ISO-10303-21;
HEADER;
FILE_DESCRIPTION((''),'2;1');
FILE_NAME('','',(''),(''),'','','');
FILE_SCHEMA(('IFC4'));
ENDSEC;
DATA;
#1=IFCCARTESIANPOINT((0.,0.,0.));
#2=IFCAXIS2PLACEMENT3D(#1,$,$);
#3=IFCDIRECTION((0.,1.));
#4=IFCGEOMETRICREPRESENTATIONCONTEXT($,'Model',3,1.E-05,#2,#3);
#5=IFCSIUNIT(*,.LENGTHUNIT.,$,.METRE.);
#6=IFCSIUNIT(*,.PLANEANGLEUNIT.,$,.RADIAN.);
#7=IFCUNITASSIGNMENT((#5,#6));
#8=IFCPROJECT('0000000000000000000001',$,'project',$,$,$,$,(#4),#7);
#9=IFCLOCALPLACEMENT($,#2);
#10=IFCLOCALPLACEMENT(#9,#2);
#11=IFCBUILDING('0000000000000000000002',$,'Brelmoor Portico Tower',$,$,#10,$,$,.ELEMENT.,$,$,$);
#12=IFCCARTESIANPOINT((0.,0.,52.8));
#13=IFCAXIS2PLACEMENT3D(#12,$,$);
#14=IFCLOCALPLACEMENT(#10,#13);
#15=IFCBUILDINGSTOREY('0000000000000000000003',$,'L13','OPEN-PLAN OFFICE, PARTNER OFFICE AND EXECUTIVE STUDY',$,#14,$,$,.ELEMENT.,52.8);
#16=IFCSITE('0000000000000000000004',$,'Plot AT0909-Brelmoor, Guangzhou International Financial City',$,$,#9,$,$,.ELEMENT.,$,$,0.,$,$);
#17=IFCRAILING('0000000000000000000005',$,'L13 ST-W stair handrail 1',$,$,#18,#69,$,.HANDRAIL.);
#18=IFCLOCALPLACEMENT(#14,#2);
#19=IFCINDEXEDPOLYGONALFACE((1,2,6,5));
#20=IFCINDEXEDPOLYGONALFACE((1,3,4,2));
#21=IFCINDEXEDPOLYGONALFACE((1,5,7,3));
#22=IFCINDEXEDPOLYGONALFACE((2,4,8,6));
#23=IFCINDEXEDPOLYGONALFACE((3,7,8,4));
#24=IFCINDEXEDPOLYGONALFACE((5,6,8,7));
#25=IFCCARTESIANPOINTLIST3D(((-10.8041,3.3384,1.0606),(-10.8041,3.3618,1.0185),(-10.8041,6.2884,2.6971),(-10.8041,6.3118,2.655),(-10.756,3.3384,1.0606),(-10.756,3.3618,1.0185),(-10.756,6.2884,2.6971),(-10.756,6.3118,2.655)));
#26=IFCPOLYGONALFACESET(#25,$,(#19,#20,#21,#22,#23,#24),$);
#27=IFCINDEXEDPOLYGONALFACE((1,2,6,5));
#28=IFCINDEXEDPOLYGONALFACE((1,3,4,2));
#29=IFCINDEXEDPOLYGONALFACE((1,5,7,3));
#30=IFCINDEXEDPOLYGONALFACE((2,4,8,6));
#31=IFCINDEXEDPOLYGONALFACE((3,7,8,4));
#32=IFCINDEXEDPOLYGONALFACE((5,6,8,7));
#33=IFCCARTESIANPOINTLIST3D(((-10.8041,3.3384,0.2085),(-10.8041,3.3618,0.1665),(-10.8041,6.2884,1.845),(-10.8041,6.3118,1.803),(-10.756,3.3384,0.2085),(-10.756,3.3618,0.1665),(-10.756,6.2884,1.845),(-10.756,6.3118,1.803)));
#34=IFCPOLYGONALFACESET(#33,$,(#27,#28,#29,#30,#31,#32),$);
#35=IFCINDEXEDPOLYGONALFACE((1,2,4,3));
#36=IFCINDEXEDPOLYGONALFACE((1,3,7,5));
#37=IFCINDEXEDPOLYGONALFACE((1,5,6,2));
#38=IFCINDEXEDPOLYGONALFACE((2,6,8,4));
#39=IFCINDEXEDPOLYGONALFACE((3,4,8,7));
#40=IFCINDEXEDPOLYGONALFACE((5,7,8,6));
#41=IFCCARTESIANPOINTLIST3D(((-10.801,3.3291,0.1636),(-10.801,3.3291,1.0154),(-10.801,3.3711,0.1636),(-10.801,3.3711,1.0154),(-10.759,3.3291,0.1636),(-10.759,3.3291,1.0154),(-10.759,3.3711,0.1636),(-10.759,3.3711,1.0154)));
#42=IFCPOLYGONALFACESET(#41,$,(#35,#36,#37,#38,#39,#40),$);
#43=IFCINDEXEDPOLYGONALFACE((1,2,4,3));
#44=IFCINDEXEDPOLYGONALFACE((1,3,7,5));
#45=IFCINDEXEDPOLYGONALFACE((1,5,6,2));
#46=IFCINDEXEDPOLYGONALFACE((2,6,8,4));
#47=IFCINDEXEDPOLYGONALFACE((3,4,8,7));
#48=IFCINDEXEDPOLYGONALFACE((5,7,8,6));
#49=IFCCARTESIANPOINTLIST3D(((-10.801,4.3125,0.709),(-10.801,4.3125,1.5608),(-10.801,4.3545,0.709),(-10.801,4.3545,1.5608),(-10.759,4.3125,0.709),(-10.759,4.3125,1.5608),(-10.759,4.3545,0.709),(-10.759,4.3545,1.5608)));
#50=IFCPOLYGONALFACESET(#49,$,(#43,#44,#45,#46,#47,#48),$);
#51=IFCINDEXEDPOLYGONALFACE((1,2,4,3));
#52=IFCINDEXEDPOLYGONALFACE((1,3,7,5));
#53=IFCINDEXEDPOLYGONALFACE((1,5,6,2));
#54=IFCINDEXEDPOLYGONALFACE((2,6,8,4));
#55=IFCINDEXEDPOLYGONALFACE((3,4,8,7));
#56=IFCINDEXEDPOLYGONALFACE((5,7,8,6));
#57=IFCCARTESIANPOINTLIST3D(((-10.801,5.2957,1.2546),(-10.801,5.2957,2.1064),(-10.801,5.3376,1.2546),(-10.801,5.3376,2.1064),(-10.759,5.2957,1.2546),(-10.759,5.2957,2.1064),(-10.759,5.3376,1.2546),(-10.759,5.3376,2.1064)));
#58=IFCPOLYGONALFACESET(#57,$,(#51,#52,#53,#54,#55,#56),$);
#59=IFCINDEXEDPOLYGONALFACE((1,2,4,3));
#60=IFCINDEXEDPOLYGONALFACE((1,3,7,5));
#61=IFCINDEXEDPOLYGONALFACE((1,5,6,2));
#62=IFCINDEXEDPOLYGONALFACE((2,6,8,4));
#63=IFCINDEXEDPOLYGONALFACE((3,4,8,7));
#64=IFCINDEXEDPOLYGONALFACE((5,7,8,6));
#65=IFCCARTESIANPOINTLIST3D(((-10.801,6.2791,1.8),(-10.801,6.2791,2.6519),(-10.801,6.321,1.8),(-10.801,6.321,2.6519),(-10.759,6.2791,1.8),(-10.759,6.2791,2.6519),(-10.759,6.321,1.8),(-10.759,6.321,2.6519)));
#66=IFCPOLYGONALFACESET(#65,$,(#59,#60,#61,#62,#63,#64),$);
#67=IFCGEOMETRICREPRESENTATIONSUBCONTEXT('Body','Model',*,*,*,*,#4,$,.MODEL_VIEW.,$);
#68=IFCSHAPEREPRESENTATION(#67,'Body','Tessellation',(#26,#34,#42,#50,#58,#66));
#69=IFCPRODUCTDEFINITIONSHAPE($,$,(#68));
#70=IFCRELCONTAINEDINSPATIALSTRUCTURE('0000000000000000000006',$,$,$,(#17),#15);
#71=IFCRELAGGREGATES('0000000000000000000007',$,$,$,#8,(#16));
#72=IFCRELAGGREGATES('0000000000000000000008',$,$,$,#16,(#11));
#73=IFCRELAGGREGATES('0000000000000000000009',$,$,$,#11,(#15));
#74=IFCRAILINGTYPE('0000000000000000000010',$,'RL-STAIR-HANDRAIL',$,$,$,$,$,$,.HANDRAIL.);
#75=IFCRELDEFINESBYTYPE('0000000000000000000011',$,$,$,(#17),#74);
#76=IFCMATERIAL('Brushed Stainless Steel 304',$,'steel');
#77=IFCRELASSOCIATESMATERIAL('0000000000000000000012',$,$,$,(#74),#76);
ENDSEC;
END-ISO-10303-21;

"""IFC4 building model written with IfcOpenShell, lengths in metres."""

from ifc_helpers import new_model, si_unit, direction, frame, origin, origin_2d, place, context, subcontext, project, spatial, rectangle, extrude, material, type_object, element, save


model = new_model("IFC4")

# Units and contexts
model_context = context("Model", 3, precision=1e-05, world=origin(), true_north=direction((0.0, 1.0)))
body_context = subcontext(model_context, "Body", "Model", "MODEL_VIEW")
ifc_project = project(units=[si_unit("LENGTHUNIT", "METRE"), si_unit("PLANEANGLEUNIT", "RADIAN")], contexts=[model_context])

# Site, building, storey
site_placement = place(None, origin())
site = spatial("IfcSite", under=ifc_project, at=site_placement, Name="Plot AT0909-Brelmoor, Guangzhou International Financial City", CompositionType="ELEMENT", RefElevation=0.0)
building_placement = place(site_placement, origin())
building = spatial("IfcBuilding", under=site, at=building_placement, Name="Brelmoor Portico Tower", CompositionType="ELEMENT")
storey_placement = place(building_placement, frame((0.0, 0.0, 52.8)))
storey = spatial("IfcBuildingStorey", under=building, at=storey_placement, Name="L13", Description="OPEN-PLAN OFFICE, PARTNER OFFICE AND EXECUTIVE STUDY", CompositionType="ELEMENT", Elevation=52.8)

# Railing
ifc_material_1 = material(Name="Brushed Stainless Steel 304", Category="steel")
railing_type = type_object("IfcRailingType", Name="RL-STAIR-HANDRAIL", PredefinedType="HANDRAIL", material=ifc_material_1)
railing_placement = place(storey_placement, frame((-10.78, 3.3501, 0.1636)))
element("IfcRailing", 1, at=railing_placement, inside=storey, type_object=railing_type, Name="L13 ST-W stair handrail 1", PredefinedType="HANDRAIL", context=body_context, shape_type="SweptSolid", body=[
    extrude(rectangle(XDim=0.0481, YDim=0.0481, at=origin_2d()), frame((0.0, 0.0, 0.876), z_axis=(0.0, 0.874458, 0.485102), x_axis=(-1.0, 0.0, 0.0)), (0.0, 0.0, 1.0), 3.3735),
    extrude(rectangle(XDim=0.0481, YDim=0.0481, at=origin_2d()), frame((0.0, 0.0, 0.0239), z_axis=(0.0, 0.874458, 0.485102), x_axis=(-1.0, 0.0, 0.0)), (0.0, 0.0, 1.0), 3.3735),
    extrude(rectangle(XDim=0.042, YDim=0.042, at=origin_2d()), origin(), (0.0, 0.0, 1.0), 0.8518),
    extrude(rectangle(XDim=0.042, YDim=0.042, at=origin_2d()), frame((0.0, 0.9834, 0.5454)), (0.0, 0.0, 1.0), 0.8518),
    extrude(rectangle(XDim=0.042, YDim=0.042, at=origin_2d()), frame((0.0, 1.9666, 1.0911)), (0.0, 0.0, 1.0), 0.8518),
    extrude(rectangle(XDim=0.042, YDim=0.042, at=origin_2d()), frame((0.0, 2.95, 1.6365)), (0.0, 0.0, 1.0), 0.8518),
])

save(model, "model.ifc")
